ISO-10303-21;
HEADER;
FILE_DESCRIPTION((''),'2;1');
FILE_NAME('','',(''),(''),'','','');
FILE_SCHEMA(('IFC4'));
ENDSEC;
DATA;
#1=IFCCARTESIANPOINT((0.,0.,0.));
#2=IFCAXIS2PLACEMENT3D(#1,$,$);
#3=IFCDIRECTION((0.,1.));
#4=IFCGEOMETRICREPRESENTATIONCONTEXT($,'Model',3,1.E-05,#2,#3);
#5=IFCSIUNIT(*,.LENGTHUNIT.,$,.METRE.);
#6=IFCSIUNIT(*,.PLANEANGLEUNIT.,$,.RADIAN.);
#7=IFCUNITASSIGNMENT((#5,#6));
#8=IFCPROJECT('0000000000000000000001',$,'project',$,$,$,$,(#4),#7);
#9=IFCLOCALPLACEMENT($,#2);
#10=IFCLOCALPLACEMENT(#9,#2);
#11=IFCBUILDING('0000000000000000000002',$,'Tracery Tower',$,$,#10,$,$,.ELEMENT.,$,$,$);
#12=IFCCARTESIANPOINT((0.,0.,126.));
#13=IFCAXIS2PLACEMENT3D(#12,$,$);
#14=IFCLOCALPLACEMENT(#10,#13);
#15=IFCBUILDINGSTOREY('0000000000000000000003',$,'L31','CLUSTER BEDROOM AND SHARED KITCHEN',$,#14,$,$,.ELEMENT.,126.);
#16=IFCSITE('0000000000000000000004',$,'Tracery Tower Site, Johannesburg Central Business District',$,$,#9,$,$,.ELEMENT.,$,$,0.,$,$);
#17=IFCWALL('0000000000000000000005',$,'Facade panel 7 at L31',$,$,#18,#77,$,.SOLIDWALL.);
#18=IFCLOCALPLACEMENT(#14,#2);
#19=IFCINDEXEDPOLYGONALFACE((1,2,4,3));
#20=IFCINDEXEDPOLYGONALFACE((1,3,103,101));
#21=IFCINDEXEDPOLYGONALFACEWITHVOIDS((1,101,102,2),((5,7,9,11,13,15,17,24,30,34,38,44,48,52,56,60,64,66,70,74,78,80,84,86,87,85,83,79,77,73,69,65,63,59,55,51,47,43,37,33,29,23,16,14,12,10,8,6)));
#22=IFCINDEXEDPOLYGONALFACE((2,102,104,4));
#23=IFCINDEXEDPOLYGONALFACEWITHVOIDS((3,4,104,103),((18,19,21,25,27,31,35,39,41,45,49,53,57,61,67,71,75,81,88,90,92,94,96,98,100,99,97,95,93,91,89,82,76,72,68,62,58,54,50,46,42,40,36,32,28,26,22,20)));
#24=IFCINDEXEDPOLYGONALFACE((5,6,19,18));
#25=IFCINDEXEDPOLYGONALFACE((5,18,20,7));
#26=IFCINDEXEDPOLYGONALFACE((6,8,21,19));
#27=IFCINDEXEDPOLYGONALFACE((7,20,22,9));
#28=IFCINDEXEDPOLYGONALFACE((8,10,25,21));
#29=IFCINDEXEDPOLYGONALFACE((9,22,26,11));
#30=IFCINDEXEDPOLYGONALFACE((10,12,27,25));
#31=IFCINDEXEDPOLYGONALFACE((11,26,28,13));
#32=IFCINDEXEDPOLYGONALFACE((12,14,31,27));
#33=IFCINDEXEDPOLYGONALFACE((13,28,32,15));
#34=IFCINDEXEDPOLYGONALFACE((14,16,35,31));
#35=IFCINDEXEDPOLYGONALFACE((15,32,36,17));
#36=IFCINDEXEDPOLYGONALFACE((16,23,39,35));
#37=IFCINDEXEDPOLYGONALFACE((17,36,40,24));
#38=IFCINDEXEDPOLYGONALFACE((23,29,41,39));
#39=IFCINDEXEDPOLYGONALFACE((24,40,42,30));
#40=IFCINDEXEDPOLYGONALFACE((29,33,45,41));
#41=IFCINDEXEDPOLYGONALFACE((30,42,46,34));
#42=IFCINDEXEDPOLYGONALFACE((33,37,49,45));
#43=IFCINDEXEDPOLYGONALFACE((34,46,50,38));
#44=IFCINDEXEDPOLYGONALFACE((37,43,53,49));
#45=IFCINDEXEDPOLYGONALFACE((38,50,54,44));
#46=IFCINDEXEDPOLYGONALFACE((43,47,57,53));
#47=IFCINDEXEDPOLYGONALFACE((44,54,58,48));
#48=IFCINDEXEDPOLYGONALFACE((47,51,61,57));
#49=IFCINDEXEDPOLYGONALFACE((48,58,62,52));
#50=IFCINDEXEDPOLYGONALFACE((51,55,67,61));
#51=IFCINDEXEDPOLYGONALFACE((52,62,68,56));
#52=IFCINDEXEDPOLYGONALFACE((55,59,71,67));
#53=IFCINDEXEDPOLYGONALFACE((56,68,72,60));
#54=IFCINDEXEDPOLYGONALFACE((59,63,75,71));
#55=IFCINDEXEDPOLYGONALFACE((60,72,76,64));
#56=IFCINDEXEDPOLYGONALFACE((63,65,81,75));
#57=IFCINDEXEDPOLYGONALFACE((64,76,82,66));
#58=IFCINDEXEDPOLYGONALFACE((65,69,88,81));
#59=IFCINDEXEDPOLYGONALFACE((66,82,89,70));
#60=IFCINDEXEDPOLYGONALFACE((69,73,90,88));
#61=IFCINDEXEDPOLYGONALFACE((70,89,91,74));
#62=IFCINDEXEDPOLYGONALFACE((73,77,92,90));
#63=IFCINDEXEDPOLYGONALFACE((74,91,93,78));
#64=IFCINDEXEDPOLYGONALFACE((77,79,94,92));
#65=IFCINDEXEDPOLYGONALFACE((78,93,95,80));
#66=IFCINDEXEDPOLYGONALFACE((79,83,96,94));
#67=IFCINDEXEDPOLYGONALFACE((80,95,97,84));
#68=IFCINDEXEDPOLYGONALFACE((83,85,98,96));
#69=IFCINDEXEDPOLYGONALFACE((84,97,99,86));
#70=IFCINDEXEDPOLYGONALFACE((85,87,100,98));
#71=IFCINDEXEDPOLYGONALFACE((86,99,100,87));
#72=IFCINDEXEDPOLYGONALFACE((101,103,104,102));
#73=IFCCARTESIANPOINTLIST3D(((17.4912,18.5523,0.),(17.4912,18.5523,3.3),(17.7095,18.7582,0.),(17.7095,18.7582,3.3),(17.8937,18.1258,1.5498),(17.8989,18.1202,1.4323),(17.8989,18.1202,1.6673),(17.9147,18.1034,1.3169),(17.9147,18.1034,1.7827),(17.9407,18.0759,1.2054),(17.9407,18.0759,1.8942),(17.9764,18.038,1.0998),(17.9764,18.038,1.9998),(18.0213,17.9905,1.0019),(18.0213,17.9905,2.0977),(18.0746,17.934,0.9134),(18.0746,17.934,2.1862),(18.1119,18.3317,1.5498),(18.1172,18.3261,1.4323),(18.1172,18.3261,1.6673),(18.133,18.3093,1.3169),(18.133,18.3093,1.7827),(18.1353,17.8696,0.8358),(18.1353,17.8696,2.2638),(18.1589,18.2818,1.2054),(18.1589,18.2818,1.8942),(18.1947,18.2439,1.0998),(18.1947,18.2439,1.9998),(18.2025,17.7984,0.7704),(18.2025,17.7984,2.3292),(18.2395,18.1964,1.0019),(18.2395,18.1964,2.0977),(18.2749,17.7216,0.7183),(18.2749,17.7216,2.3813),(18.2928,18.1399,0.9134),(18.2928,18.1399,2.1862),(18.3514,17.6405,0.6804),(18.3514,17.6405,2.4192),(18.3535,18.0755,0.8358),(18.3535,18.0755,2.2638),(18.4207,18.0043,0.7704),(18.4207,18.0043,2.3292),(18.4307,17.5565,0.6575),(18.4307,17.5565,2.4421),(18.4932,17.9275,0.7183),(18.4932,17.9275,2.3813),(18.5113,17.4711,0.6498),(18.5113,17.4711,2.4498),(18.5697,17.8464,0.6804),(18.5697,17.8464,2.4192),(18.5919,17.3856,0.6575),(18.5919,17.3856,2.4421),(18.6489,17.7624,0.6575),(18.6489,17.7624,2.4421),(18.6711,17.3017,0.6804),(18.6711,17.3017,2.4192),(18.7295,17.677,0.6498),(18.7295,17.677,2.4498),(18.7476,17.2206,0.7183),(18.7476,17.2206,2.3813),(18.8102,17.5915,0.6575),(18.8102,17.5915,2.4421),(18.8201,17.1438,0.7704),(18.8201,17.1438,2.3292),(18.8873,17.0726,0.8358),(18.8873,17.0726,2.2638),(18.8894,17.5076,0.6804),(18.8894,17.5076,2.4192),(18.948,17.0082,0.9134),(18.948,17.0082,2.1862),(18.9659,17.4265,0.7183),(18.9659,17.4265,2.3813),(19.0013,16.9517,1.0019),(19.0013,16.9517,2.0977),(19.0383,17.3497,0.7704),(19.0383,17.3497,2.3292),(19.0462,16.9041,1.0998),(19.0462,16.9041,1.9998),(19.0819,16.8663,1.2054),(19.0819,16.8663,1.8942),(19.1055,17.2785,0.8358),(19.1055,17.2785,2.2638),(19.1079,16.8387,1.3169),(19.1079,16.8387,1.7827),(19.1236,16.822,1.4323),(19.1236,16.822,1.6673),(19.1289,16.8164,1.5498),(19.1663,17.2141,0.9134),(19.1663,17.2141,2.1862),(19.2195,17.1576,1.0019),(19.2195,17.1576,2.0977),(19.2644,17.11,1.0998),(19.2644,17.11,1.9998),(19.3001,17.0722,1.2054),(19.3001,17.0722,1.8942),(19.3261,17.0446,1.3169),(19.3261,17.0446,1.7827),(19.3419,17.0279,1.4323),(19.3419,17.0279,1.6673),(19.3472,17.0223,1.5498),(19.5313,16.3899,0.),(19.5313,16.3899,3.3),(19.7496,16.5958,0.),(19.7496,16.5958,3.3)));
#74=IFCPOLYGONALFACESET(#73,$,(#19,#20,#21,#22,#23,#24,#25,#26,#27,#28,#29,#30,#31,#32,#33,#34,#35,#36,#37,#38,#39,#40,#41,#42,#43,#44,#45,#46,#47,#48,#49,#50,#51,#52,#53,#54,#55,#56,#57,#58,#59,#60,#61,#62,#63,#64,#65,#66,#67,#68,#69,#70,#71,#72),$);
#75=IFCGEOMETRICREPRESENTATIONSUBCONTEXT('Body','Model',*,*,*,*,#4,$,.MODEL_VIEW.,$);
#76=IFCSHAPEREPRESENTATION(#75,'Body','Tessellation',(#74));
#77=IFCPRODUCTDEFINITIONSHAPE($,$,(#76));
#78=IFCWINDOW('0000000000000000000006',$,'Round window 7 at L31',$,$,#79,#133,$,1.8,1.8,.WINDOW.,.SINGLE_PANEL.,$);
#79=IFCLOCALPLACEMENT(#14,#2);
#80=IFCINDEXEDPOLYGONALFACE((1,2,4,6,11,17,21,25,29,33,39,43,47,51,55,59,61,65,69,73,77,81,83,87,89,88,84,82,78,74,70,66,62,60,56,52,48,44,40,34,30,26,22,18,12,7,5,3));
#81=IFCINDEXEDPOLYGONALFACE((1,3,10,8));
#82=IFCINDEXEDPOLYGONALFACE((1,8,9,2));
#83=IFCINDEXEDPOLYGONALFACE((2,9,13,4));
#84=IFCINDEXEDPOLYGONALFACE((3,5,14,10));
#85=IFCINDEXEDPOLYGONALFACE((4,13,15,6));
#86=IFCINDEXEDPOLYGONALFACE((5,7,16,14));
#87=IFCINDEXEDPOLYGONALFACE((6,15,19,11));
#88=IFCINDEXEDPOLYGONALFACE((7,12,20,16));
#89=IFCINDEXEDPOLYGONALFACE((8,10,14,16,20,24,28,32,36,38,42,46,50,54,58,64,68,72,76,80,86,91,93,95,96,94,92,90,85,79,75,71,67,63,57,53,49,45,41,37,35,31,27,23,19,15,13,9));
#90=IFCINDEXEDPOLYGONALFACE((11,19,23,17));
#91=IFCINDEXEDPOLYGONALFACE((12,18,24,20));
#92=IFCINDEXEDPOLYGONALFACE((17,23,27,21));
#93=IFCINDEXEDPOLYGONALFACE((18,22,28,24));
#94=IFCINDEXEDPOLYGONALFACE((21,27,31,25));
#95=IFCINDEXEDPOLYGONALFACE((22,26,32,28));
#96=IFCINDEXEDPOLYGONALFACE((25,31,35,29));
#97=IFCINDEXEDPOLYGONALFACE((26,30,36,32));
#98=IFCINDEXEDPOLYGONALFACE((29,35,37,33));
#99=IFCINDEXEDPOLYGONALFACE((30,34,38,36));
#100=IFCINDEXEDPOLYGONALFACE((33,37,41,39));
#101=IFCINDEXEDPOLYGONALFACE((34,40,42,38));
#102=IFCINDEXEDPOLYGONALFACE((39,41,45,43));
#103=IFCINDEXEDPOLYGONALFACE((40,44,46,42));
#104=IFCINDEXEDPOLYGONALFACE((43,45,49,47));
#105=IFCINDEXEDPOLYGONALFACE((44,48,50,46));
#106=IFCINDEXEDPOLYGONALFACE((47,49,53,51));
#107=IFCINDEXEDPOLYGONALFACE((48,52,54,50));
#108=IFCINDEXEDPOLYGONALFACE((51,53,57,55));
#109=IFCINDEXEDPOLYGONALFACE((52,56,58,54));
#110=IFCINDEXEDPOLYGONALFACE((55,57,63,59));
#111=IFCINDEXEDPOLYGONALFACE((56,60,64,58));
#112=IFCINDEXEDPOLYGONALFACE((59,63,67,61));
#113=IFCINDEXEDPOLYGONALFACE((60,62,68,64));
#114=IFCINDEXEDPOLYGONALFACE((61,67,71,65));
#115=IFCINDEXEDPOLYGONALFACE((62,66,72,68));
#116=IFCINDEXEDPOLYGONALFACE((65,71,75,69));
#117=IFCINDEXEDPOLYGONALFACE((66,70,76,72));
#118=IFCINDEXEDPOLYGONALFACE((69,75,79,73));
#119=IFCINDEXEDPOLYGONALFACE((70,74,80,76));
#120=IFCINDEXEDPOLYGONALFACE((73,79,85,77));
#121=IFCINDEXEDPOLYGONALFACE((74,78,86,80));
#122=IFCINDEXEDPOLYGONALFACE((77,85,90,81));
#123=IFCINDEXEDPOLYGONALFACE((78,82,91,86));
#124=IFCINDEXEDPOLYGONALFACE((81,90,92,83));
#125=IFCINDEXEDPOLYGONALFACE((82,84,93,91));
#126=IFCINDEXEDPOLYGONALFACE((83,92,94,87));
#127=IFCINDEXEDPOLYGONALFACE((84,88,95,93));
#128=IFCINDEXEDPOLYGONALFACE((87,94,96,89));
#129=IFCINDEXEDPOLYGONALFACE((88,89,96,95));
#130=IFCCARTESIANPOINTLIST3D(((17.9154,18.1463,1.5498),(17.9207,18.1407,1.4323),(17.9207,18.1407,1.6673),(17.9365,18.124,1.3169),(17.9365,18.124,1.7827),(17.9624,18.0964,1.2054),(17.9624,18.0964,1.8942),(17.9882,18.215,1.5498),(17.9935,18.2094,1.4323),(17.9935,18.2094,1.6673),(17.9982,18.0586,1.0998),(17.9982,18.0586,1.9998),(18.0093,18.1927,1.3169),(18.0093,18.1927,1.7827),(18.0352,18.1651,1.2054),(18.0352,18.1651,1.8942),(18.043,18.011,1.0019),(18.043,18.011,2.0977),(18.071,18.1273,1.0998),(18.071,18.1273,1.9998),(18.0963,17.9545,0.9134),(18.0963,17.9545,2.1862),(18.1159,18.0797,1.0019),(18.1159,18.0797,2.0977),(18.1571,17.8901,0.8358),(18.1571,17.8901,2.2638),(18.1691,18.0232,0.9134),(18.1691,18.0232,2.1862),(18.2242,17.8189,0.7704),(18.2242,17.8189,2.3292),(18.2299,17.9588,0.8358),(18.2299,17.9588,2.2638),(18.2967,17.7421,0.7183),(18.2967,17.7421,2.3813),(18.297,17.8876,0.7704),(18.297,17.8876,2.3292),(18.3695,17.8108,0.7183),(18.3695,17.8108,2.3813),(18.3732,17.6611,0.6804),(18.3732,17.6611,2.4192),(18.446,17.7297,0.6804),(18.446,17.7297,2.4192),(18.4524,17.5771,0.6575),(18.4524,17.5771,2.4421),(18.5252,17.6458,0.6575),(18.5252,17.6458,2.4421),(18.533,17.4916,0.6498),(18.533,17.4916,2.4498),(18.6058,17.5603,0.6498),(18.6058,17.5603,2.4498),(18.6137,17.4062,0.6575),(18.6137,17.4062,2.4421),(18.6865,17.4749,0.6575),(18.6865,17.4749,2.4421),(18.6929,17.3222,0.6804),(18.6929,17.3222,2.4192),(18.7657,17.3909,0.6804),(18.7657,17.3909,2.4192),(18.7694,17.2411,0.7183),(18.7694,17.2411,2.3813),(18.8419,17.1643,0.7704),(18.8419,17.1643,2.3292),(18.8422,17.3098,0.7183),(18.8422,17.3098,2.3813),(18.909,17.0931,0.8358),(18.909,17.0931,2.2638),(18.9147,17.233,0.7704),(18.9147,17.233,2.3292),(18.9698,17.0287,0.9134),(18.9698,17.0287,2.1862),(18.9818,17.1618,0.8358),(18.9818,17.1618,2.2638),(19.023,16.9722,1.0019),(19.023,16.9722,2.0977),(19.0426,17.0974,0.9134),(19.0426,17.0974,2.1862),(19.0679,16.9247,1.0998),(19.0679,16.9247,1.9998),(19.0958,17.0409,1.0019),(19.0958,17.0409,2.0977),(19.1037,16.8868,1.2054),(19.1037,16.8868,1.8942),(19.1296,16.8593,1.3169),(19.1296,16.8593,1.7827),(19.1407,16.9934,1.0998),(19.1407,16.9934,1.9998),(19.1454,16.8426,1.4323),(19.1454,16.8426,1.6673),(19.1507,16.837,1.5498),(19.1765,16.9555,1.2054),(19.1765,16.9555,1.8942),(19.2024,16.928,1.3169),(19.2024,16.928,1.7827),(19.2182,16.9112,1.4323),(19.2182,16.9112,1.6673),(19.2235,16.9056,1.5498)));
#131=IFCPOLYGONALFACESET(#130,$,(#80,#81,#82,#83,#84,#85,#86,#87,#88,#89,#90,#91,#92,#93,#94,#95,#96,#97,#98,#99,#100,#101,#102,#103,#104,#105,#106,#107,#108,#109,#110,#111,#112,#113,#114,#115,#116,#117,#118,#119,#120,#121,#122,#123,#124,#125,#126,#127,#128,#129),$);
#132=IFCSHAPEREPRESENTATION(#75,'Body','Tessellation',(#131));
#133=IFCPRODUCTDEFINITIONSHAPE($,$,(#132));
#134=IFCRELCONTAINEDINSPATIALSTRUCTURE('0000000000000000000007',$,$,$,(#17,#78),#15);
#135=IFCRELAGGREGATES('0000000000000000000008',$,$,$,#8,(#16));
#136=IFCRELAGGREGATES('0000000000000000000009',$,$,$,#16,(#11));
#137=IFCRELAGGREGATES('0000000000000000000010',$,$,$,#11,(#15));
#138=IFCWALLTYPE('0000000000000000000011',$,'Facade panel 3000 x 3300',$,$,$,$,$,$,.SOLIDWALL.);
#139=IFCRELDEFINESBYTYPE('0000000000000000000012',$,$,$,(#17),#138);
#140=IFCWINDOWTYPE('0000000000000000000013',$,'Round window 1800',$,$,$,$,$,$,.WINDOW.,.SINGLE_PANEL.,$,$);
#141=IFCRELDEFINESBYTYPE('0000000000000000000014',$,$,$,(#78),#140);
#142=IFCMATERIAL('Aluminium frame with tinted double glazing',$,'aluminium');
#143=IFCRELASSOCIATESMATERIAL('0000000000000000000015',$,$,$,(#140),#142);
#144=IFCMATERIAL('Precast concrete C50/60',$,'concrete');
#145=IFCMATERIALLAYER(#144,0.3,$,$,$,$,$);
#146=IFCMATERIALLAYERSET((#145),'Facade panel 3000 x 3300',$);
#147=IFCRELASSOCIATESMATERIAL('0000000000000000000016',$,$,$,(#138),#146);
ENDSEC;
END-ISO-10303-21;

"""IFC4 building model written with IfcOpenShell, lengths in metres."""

from ifc_helpers import new_model, si_unit, direction, frame, frame_2d, origin, origin_2d, place, context, subcontext, project, spatial, rectangle, circle, extrude, material, layer, layer_set, type_object, element, fill, save


model = new_model("IFC4")

# Units and contexts
model_context = context("Model", 3, precision=1e-05, world=origin(), true_north=direction((0.0, 1.0)))
body_context = subcontext(model_context, "Body", "Model", "MODEL_VIEW")
ifc_project = project(units=[si_unit("LENGTHUNIT", "METRE"), si_unit("PLANEANGLEUNIT", "RADIAN")], contexts=[model_context])

# Site, building, storey
site_placement = place(None, origin())
site = spatial("IfcSite", under=ifc_project, at=site_placement, Name="Tracery Tower Site, Johannesburg Central Business District", CompositionType="ELEMENT", RefElevation=0.0)
building_placement = place(site_placement, origin())
building = spatial("IfcBuilding", under=site, at=building_placement, Name="Tracery Tower", CompositionType="ELEMENT")
storey_placement = place(building_placement, frame((0.0, 0.0, 126.0)))
storey = spatial("IfcBuildingStorey", under=building, at=storey_placement, Name="L31", Description="CLUSTER BEDROOM AND SHARED KITCHEN", CompositionType="ELEMENT", Elevation=126.0)

# Wall, opening, window
ifc_material_1 = material(Name="Aluminium frame with tinted double glazing", Category="aluminium")
window_type = type_object("IfcWindowType", Name="Round window 1800", PartitioningType="SINGLE_PANEL", PredefinedType="WINDOW", material=ifc_material_1)
ifc_material_2 = material(Name="Precast concrete C50/60", Category="concrete")
ifc_layer_1 = layer(ifc_material_2, 0.3)
ifc_layer_set_1 = layer_set([ifc_layer_1], Name="Facade panel 3000 x 3300")
wall_type_1 = type_object("IfcWallType", Name="Facade panel 3000 x 3300", PredefinedType="SOLIDWALL", material=ifc_layer_set_1)
wall_1_placement = place(storey_placement, frame((19.6404, 16.4929, 0.0), z_axis=(0.0, 0.0, 1.0), x_axis=(-0.686235, 0.72738, 0.0)))
wall_1 = element("IfcWall", 1, at=wall_1_placement, inside=storey, type_object=wall_type_1, Name="Facade panel 7 at L31", PredefinedType="SOLIDWALL", context=body_context, shape_type="SweptSolid", body=[
    extrude(rectangle(XDim=2.9729, YDim=0.3, at=frame_2d((1.4863, 0.0))), origin(), (0.0, 0.0, 1.0), 3.3),
])
opening_1_placement = place(wall_1_placement, frame((1.4863, 0.0, 1.5498)))
opening_1 = element("IfcOpeningElement", 2, at=opening_1_placement, cuts=wall_1, PredefinedType="OPENING", context=body_context, shape_type="SweptSolid", body=[
    extrude(circle(Radius=0.9, at=origin_2d()), frame((0.0, 0.1599, 0.0), z_axis=(0.0, -1.0, 0.0), x_axis=(1.0, 0.0, 0.0)), (0.0, 0.0, 1.0), 0.3201),
])
window_1_placement = place(opening_1_placement, origin())
window_1 = element("IfcWindow", 3, at=window_1_placement, inside=storey, type_object=window_type, Name="Round window 7 at L31", OverallHeight=1.8, OverallWidth=1.8, PartitioningType="SINGLE_PANEL", PredefinedType="WINDOW", context=body_context, shape_type="SweptSolid", body=[
    extrude(circle(Radius=0.9, at=origin_2d()), frame((0.0, 0.1201, 0.0), z_axis=(0.0, -1.0, 0.0), x_axis=(1.0, 0.0, 0.0)), (0.0, 0.0, 1.0), 0.1001),
])
fill(opening_1, window_1)

save(model, "model.ifc")
